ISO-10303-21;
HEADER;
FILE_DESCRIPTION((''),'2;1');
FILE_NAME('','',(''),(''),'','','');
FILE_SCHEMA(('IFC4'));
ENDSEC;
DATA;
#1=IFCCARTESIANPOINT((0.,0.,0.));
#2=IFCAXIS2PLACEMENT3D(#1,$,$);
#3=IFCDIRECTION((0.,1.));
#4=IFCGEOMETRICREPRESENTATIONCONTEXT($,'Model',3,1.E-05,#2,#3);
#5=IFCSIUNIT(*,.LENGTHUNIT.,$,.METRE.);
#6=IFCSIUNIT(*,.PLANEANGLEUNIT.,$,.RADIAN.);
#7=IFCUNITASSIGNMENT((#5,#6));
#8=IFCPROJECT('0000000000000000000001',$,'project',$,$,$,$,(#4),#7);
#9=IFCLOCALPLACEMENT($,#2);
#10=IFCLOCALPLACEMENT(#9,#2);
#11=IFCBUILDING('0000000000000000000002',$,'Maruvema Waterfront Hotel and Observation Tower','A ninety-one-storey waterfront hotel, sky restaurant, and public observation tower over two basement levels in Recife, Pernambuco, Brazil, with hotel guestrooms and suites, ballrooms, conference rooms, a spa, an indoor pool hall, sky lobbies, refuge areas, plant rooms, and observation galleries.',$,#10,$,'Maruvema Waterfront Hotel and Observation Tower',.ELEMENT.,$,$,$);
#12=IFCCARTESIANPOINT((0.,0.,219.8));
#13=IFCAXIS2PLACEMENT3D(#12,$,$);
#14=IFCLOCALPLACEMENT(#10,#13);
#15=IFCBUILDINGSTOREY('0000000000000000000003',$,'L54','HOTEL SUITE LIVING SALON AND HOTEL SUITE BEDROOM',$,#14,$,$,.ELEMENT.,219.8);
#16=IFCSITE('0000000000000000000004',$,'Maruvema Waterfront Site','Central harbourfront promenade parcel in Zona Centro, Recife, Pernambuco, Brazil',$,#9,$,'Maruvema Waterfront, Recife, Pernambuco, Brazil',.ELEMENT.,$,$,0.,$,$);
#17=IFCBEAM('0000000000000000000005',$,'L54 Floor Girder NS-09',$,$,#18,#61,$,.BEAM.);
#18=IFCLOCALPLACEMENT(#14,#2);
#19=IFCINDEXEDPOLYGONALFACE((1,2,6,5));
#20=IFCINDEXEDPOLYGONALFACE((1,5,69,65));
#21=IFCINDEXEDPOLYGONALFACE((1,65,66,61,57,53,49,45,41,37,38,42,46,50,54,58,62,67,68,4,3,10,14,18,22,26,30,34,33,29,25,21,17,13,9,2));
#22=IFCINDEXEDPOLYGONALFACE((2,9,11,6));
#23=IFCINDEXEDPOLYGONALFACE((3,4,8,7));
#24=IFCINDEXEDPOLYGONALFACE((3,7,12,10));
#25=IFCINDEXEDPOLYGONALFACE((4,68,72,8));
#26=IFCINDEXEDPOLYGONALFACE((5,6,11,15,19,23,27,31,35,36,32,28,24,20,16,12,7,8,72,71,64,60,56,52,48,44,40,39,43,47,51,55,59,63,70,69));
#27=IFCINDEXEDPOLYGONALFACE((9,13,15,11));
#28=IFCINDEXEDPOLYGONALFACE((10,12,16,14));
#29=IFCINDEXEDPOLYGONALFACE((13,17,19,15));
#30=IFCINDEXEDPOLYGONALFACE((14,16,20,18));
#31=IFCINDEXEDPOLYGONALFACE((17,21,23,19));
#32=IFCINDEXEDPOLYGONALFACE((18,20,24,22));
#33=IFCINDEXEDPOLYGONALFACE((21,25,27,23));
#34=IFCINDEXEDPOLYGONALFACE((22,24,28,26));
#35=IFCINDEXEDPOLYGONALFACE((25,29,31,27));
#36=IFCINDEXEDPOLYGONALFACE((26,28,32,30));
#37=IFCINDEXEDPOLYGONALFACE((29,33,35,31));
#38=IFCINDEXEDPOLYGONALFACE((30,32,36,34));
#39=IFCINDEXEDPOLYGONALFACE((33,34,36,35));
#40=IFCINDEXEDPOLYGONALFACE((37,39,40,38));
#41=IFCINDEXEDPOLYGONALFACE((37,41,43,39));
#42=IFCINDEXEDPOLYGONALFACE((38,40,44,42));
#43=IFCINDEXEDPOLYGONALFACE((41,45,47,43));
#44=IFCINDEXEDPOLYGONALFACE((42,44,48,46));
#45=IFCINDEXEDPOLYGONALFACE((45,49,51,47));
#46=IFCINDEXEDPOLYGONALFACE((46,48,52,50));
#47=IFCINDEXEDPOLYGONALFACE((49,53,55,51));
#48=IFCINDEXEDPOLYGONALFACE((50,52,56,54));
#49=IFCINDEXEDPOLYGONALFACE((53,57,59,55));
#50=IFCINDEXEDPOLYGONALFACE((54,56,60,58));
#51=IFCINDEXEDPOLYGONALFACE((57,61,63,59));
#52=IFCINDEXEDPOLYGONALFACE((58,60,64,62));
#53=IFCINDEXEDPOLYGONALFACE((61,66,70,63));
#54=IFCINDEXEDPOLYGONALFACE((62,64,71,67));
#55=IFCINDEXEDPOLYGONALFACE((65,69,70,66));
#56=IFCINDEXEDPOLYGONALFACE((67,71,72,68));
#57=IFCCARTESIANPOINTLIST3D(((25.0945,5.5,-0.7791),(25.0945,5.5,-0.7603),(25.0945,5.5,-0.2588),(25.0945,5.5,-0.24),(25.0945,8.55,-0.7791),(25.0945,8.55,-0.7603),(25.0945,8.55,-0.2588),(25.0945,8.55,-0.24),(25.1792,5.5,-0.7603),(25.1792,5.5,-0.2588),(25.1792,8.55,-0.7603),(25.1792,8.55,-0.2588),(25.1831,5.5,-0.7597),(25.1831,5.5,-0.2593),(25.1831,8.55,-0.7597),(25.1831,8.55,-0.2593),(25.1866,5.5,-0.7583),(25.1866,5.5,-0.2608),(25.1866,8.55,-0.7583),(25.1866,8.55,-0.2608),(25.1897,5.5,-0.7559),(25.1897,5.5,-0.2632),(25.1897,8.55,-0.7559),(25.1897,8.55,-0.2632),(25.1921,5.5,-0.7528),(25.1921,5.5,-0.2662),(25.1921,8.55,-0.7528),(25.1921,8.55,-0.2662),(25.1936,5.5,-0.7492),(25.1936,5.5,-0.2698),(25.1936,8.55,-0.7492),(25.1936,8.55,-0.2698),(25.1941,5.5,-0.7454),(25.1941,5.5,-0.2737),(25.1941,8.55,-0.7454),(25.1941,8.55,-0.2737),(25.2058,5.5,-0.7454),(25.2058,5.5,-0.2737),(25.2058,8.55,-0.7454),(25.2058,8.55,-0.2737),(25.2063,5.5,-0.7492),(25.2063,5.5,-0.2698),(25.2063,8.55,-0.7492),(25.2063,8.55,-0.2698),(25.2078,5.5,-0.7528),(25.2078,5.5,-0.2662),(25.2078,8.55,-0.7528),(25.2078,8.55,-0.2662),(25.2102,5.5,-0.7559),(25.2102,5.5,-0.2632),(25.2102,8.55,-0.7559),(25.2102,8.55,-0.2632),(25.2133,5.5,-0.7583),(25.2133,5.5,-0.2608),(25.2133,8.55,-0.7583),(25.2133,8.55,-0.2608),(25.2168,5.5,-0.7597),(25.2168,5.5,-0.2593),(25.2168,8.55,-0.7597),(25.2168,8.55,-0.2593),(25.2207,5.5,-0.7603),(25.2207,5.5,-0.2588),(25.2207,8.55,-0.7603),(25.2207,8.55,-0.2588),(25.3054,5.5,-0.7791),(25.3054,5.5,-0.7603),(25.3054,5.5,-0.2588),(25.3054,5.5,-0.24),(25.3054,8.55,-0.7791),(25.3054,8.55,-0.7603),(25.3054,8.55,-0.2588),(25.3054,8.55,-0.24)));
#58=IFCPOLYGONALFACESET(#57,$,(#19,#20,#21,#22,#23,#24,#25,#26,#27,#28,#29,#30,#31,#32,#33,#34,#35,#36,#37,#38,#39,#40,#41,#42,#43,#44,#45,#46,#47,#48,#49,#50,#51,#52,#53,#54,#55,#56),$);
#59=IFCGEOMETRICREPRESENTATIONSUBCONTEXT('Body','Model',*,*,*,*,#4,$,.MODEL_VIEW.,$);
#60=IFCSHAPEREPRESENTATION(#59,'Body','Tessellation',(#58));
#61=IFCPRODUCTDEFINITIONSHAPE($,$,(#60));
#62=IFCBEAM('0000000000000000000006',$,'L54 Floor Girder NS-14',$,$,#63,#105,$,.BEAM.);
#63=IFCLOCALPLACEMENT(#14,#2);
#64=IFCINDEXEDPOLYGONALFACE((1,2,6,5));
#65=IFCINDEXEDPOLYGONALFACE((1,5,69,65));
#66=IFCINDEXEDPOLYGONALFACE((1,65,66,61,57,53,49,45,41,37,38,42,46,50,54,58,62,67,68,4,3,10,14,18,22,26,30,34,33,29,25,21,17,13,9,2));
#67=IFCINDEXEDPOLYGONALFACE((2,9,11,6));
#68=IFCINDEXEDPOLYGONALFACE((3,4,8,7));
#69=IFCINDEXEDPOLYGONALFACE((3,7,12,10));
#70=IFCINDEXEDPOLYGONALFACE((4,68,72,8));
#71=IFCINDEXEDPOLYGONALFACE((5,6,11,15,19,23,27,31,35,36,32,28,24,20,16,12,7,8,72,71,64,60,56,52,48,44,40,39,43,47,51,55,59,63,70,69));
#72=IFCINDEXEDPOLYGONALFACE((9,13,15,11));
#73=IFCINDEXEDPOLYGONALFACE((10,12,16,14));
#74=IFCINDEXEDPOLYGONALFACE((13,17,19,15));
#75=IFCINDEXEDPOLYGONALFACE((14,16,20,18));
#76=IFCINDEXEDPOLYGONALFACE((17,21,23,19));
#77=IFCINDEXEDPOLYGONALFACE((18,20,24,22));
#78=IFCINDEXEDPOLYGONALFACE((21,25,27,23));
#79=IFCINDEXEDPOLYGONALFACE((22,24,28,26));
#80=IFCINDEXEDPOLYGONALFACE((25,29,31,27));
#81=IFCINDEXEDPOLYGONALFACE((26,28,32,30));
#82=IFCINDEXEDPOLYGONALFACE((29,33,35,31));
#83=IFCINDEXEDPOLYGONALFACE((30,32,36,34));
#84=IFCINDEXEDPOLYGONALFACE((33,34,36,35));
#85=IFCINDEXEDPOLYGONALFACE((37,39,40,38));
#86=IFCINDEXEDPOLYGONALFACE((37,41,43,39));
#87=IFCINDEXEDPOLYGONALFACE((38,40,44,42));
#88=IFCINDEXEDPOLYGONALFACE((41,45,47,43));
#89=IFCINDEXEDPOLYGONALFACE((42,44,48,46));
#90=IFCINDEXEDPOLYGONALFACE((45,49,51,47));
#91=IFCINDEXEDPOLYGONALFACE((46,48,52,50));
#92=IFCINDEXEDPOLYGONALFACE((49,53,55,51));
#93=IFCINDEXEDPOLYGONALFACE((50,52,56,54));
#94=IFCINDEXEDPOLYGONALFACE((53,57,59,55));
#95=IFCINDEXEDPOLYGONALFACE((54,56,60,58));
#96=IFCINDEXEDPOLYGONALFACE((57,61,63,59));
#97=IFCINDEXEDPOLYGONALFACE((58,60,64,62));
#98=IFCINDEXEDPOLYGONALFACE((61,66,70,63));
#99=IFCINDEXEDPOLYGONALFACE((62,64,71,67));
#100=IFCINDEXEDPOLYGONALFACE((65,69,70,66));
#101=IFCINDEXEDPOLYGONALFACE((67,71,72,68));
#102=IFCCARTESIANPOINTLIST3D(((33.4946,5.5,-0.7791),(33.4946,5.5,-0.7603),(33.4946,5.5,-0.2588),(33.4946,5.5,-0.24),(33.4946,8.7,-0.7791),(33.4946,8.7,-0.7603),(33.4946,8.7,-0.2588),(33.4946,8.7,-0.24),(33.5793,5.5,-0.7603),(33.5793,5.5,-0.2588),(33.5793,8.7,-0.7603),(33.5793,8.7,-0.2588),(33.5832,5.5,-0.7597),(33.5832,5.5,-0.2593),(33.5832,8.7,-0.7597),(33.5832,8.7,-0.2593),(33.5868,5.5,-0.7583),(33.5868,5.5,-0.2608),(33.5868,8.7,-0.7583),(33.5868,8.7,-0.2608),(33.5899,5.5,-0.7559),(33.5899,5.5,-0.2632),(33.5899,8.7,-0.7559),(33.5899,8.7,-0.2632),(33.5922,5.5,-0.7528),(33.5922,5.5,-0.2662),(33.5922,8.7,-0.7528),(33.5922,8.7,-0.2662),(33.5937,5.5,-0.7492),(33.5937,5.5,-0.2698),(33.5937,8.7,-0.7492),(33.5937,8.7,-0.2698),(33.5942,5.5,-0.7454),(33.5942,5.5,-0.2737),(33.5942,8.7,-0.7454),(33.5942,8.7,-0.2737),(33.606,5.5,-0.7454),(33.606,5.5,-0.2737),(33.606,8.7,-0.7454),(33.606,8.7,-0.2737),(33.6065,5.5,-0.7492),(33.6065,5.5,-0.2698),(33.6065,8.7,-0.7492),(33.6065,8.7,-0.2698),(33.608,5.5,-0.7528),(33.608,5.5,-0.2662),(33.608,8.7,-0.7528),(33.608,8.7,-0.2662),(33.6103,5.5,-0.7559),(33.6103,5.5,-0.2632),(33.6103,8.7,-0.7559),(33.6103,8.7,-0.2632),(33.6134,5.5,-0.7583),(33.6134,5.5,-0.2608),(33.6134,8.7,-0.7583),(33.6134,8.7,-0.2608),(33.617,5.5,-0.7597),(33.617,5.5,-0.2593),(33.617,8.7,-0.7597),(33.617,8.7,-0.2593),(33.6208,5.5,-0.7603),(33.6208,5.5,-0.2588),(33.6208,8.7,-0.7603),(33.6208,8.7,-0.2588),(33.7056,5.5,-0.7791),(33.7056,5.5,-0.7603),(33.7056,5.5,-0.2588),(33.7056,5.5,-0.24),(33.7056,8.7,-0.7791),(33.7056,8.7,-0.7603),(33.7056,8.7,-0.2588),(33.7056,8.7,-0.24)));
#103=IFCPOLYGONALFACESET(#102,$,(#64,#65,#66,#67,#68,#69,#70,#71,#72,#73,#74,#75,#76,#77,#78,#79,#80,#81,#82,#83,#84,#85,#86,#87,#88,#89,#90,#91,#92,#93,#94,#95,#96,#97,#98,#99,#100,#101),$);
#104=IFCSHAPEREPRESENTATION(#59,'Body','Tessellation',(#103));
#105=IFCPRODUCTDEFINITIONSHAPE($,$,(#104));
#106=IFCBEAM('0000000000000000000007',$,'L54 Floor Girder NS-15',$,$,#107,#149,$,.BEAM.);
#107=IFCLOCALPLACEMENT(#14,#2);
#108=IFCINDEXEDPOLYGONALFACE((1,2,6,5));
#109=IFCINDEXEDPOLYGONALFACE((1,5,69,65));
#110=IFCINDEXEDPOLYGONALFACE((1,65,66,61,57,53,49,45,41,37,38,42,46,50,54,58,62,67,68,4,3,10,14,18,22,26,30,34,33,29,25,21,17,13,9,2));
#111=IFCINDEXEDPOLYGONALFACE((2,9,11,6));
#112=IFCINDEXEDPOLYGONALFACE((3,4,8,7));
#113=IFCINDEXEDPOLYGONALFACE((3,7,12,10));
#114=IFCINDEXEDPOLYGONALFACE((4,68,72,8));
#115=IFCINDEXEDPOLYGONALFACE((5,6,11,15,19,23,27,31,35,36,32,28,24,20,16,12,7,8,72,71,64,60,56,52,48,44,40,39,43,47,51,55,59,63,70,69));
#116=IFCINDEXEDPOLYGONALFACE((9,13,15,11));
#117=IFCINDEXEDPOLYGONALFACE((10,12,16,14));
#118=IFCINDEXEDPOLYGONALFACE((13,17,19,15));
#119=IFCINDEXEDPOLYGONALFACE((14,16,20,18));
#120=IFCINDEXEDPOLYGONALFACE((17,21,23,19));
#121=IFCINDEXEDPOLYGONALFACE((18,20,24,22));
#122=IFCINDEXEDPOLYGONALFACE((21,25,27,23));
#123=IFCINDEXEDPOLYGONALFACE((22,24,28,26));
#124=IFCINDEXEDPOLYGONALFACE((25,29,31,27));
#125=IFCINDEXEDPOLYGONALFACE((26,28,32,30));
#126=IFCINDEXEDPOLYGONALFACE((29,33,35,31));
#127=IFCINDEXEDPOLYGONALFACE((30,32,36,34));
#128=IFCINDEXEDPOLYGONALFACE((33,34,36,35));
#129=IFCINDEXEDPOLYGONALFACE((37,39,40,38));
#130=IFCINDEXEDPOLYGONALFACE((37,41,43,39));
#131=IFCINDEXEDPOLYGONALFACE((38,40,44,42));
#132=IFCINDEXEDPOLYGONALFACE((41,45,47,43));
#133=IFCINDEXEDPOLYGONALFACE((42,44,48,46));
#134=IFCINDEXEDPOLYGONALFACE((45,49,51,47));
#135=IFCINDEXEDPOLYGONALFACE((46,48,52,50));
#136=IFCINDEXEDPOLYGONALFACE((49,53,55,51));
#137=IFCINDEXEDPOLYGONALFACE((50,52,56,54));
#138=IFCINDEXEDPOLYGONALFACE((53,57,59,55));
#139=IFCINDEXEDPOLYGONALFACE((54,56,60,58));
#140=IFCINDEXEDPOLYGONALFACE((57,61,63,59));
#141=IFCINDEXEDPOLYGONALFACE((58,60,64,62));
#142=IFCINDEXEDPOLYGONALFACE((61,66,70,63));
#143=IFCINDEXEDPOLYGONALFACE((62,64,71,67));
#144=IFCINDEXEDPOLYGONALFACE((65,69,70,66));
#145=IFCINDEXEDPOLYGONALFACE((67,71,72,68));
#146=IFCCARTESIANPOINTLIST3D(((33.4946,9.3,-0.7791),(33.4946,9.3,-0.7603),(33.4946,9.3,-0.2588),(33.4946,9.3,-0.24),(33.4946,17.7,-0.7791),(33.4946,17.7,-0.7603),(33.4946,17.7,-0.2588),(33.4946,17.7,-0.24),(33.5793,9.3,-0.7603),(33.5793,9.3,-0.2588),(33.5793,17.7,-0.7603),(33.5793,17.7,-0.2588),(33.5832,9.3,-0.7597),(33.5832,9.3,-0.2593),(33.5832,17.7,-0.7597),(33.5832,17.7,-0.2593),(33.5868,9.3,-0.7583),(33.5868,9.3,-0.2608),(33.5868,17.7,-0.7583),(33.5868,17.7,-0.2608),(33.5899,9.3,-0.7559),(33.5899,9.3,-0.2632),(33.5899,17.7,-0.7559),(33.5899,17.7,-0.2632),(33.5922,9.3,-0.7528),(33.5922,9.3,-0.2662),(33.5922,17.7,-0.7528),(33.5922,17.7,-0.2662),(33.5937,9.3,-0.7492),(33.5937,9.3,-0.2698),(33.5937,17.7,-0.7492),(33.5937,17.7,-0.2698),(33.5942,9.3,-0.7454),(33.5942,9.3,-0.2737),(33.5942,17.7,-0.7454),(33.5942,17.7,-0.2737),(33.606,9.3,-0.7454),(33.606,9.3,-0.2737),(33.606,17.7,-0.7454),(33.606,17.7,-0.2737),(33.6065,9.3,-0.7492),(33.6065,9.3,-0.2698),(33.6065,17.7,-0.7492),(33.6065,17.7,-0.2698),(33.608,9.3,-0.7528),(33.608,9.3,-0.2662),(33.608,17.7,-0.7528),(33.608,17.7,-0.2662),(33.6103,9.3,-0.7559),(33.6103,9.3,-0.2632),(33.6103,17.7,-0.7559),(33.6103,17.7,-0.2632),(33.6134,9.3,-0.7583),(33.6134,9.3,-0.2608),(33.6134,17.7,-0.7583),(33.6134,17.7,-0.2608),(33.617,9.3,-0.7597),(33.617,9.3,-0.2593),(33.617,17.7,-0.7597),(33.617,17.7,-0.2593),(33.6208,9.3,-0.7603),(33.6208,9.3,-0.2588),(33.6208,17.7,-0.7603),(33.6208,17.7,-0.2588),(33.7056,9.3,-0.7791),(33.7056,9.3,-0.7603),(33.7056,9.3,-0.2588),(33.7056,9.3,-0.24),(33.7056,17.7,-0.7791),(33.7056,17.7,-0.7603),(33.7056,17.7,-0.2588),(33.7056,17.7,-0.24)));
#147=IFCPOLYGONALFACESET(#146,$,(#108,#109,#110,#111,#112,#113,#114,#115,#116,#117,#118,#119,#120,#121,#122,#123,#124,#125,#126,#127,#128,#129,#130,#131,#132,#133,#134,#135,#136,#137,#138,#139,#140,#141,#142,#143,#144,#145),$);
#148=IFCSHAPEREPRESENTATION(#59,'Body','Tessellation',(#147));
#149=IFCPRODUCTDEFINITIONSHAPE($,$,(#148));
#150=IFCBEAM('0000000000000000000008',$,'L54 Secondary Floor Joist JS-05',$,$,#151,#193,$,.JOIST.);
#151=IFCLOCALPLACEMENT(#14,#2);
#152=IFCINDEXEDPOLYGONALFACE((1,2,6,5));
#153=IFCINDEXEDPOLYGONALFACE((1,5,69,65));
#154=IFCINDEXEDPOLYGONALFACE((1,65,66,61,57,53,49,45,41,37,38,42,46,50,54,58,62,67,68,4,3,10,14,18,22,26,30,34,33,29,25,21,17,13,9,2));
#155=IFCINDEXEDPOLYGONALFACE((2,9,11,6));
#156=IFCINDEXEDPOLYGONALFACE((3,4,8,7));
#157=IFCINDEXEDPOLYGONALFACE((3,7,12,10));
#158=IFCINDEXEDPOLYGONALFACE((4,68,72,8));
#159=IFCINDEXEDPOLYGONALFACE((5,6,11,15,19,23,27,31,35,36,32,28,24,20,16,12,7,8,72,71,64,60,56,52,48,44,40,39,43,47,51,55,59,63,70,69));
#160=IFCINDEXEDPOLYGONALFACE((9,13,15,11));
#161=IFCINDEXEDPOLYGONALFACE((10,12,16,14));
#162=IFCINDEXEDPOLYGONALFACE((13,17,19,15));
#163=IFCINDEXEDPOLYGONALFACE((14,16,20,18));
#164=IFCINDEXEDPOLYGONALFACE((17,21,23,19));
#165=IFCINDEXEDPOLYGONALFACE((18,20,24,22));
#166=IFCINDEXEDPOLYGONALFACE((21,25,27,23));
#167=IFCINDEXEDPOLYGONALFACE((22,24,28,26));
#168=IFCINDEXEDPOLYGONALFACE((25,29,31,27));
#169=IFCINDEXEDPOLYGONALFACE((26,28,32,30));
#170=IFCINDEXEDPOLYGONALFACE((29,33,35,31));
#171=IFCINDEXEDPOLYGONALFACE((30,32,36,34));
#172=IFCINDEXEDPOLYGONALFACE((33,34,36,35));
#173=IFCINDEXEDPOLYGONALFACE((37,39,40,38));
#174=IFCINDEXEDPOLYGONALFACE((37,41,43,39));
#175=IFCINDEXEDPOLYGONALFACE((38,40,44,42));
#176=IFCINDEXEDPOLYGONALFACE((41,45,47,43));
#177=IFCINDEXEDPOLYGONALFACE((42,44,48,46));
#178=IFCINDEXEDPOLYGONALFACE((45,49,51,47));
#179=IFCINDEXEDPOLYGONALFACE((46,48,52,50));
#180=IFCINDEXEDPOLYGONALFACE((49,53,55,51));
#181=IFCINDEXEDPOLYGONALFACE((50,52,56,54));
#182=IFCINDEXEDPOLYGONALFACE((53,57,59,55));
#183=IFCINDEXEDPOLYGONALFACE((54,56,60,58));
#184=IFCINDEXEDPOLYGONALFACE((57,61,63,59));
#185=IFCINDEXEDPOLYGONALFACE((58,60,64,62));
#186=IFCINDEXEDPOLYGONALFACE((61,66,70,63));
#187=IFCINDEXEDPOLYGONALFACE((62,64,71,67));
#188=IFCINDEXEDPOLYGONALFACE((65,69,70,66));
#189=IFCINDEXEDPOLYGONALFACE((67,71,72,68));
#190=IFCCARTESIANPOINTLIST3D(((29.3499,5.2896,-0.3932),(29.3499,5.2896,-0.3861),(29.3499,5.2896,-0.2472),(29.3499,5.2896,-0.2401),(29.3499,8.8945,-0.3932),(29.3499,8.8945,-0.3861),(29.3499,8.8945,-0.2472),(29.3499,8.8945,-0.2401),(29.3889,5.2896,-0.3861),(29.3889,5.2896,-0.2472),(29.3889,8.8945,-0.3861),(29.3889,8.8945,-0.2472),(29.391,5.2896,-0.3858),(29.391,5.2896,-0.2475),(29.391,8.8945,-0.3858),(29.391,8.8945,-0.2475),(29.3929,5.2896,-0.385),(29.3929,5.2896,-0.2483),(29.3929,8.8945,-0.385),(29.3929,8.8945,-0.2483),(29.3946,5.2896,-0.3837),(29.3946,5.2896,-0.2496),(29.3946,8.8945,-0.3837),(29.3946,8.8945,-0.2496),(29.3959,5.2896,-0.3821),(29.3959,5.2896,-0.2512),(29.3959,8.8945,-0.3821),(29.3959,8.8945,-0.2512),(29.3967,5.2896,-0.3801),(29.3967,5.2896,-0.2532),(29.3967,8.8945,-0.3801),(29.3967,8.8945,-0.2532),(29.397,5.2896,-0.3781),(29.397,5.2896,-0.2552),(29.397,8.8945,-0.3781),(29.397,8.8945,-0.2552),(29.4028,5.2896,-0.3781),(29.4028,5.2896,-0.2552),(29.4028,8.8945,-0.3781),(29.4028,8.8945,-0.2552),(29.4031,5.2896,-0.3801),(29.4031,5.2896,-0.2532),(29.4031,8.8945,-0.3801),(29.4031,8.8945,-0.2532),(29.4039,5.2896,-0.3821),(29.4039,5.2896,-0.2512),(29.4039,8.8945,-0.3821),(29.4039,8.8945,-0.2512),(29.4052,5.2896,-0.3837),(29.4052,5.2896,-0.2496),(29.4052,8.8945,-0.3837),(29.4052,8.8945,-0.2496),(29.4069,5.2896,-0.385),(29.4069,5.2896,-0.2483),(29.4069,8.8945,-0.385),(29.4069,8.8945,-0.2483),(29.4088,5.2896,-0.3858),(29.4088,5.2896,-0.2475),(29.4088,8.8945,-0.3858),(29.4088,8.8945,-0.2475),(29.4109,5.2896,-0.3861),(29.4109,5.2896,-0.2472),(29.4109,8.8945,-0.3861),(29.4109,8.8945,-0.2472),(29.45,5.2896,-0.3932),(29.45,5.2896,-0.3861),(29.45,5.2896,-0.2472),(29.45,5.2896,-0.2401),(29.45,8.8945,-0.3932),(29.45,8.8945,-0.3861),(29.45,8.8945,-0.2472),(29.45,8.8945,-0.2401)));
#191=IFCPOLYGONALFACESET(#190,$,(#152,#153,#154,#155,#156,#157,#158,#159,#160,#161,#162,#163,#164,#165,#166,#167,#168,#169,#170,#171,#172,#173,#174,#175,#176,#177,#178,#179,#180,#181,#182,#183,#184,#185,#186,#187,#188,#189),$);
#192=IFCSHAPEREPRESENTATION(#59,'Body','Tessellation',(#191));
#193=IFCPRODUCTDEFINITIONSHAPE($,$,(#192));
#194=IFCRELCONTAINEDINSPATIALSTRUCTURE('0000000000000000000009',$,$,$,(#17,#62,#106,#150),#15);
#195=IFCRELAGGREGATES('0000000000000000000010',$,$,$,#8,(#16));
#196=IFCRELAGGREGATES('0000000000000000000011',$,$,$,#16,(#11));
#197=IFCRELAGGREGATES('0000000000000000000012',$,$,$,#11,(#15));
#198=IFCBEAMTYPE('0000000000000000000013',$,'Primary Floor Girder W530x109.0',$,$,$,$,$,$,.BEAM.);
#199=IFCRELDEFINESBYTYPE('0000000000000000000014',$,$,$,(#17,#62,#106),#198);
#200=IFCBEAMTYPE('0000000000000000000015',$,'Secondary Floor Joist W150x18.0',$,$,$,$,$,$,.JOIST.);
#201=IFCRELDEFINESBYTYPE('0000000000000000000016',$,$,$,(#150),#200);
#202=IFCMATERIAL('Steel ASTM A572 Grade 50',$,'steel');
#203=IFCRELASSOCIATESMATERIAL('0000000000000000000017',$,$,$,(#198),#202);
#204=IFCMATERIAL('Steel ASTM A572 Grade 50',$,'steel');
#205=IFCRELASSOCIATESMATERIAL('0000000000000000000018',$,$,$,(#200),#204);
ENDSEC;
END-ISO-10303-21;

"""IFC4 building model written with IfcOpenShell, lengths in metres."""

from ifc_helpers import new_model, si_unit, direction, frame, origin, origin_2d, place, context, subcontext, project, spatial, i_section, extrude, material, material_profile, profile_set, type_object, element, save


model = new_model("IFC4")

# Units and contexts
model_context = context("Model", 3, precision=1e-05, world=origin(), true_north=direction((0.0, 1.0)))
body_context = subcontext(model_context, "Body", "Model", "MODEL_VIEW")
ifc_project = project(units=[si_unit("LENGTHUNIT", "METRE"), si_unit("PLANEANGLEUNIT", "RADIAN")], contexts=[model_context])

# Site, building, storey
site_placement = place(None, origin())
site = spatial("IfcSite", under=ifc_project, at=site_placement, Name="Maruvema Waterfront Site", Description="Central harbourfront promenade parcel in Zona Centro, Recife, Pernambuco, Brazil", LongName="Maruvema Waterfront, Recife, Pernambuco, Brazil", CompositionType="ELEMENT", RefElevation=0.0)
building_placement = place(site_placement, origin())
building = spatial("IfcBuilding", under=site, at=building_placement, Name="Maruvema Waterfront Hotel and Observation Tower", Description="A ninety-one-storey waterfront hotel, sky restaurant, and public observation tower over two basement levels in Recife, Pernambuco, Brazil, with hotel guestrooms and suites, ballrooms, conference rooms, a spa, an indoor pool hall, sky lobbies, refuge areas, plant rooms, and observation galleries.", LongName="Maruvema Waterfront Hotel and Observation Tower", CompositionType="ELEMENT")
storey_placement = place(building_placement, frame((0.0, 0.0, 219.8)))
storey = spatial("IfcBuildingStorey", under=building, at=storey_placement, Name="L54", Description="HOTEL SUITE LIVING SALON AND HOTEL SUITE BEDROOM", CompositionType="ELEMENT", Elevation=219.8)

# Beams
ifc_material_1 = material(Name="Steel ASTM A572 Grade 50", Category="steel")
ifc_material_profile_1 = material_profile(ifc_material_1, i_section(OverallWidth=0.2109, OverallDepth=0.5391, WebThickness=0.0117, FlangeThickness=0.0188, FilletRadius=0.0149, at=origin_2d()), Name="W530x109.0")
ifc_profile_set_1 = profile_set([ifc_material_profile_1], Name="Steel ASTM A572 Grade 50")
beam_type_1 = type_object("IfcBeamType", Name="Primary Floor Girder W530x109.0", PredefinedType="BEAM", material=ifc_profile_set_1)
beam_1_placement = place(storey_placement, frame((25.2, 5.5, -0.5095), z_axis=(0.0, 1.0, 0.0), x_axis=(-1.0, 0.0, 0.0)))
element("IfcBeam", 1, at=beam_1_placement, inside=storey, type_object=beam_type_1, Name="L54 Floor Girder NS-09", PredefinedType="BEAM", context=body_context, shape_type="SweptSolid", body=[
    extrude(i_section(OverallWidth=0.2109, OverallDepth=0.5391, WebThickness=0.0117, FlangeThickness=0.0188, FilletRadius=0.0149, at=origin_2d()), origin(), (0.0, 0.0, 1.0), 3.05),
])
beam_2_placement = place(storey_placement, frame((33.6001, 5.5, -0.5095), z_axis=(0.0, 1.0, 0.0), x_axis=(-1.0, 0.0, 0.0)))
element("IfcBeam", 2, at=beam_2_placement, inside=storey, type_object=beam_type_1, Name="L54 Floor Girder NS-14", PredefinedType="BEAM", context=body_context, shape_type="SweptSolid", body=[
    extrude(i_section(OverallWidth=0.2109, OverallDepth=0.5391, WebThickness=0.0117, FlangeThickness=0.0188, FilletRadius=0.0149, at=origin_2d()), origin(), (0.0, 0.0, 1.0), 3.2),
])
beam_3_placement = place(storey_placement, frame((33.6001, 9.3, -0.5095), z_axis=(0.0, 1.0, 0.0), x_axis=(-1.0, 0.0, 0.0)))
element("IfcBeam", 3, at=beam_3_placement, inside=storey, type_object=beam_type_1, Name="L54 Floor Girder NS-15", PredefinedType="BEAM", context=body_context, shape_type="SweptSolid", body=[
    extrude(i_section(OverallWidth=0.2109, OverallDepth=0.5391, WebThickness=0.0117, FlangeThickness=0.0188, FilletRadius=0.0149, at=origin_2d()), origin(), (0.0, 0.0, 1.0), 8.3999),
])
ifc_material_2 = material(Name="Steel ASTM A572 Grade 50", Category="steel")
ifc_material_profile_2 = material_profile(ifc_material_2, i_section(OverallWidth=0.1001, OverallDepth=0.1531, WebThickness=0.0059, FlangeThickness=0.0071, FilletRadius=0.0081, at=origin_2d()), Name="W150x18.0")
ifc_profile_set_2 = profile_set([ifc_material_profile_2], Name="Steel ASTM A572 Grade 50")
beam_type_2 = type_object("IfcBeamType", Name="Secondary Floor Joist W150x18.0", PredefinedType="JOIST", material=ifc_profile_set_2)
beam_4_placement = place(storey_placement, frame((29.3999, 5.2896, -0.3167), z_axis=(0.0, 1.0, 0.0), x_axis=(-1.0, 0.0, 0.0)))
element("IfcBeam", 4, at=beam_4_placement, inside=storey, type_object=beam_type_2, Name="L54 Secondary Floor Joist JS-05", PredefinedType="JOIST", context=body_context, shape_type="SweptSolid", body=[
    extrude(i_section(OverallWidth=0.1001, OverallDepth=0.1531, WebThickness=0.0059, FlangeThickness=0.0071, FilletRadius=0.0081, at=origin_2d()), origin(), (0.0, 0.0, 1.0), 3.605),
])

save(model, "model.ifc")
